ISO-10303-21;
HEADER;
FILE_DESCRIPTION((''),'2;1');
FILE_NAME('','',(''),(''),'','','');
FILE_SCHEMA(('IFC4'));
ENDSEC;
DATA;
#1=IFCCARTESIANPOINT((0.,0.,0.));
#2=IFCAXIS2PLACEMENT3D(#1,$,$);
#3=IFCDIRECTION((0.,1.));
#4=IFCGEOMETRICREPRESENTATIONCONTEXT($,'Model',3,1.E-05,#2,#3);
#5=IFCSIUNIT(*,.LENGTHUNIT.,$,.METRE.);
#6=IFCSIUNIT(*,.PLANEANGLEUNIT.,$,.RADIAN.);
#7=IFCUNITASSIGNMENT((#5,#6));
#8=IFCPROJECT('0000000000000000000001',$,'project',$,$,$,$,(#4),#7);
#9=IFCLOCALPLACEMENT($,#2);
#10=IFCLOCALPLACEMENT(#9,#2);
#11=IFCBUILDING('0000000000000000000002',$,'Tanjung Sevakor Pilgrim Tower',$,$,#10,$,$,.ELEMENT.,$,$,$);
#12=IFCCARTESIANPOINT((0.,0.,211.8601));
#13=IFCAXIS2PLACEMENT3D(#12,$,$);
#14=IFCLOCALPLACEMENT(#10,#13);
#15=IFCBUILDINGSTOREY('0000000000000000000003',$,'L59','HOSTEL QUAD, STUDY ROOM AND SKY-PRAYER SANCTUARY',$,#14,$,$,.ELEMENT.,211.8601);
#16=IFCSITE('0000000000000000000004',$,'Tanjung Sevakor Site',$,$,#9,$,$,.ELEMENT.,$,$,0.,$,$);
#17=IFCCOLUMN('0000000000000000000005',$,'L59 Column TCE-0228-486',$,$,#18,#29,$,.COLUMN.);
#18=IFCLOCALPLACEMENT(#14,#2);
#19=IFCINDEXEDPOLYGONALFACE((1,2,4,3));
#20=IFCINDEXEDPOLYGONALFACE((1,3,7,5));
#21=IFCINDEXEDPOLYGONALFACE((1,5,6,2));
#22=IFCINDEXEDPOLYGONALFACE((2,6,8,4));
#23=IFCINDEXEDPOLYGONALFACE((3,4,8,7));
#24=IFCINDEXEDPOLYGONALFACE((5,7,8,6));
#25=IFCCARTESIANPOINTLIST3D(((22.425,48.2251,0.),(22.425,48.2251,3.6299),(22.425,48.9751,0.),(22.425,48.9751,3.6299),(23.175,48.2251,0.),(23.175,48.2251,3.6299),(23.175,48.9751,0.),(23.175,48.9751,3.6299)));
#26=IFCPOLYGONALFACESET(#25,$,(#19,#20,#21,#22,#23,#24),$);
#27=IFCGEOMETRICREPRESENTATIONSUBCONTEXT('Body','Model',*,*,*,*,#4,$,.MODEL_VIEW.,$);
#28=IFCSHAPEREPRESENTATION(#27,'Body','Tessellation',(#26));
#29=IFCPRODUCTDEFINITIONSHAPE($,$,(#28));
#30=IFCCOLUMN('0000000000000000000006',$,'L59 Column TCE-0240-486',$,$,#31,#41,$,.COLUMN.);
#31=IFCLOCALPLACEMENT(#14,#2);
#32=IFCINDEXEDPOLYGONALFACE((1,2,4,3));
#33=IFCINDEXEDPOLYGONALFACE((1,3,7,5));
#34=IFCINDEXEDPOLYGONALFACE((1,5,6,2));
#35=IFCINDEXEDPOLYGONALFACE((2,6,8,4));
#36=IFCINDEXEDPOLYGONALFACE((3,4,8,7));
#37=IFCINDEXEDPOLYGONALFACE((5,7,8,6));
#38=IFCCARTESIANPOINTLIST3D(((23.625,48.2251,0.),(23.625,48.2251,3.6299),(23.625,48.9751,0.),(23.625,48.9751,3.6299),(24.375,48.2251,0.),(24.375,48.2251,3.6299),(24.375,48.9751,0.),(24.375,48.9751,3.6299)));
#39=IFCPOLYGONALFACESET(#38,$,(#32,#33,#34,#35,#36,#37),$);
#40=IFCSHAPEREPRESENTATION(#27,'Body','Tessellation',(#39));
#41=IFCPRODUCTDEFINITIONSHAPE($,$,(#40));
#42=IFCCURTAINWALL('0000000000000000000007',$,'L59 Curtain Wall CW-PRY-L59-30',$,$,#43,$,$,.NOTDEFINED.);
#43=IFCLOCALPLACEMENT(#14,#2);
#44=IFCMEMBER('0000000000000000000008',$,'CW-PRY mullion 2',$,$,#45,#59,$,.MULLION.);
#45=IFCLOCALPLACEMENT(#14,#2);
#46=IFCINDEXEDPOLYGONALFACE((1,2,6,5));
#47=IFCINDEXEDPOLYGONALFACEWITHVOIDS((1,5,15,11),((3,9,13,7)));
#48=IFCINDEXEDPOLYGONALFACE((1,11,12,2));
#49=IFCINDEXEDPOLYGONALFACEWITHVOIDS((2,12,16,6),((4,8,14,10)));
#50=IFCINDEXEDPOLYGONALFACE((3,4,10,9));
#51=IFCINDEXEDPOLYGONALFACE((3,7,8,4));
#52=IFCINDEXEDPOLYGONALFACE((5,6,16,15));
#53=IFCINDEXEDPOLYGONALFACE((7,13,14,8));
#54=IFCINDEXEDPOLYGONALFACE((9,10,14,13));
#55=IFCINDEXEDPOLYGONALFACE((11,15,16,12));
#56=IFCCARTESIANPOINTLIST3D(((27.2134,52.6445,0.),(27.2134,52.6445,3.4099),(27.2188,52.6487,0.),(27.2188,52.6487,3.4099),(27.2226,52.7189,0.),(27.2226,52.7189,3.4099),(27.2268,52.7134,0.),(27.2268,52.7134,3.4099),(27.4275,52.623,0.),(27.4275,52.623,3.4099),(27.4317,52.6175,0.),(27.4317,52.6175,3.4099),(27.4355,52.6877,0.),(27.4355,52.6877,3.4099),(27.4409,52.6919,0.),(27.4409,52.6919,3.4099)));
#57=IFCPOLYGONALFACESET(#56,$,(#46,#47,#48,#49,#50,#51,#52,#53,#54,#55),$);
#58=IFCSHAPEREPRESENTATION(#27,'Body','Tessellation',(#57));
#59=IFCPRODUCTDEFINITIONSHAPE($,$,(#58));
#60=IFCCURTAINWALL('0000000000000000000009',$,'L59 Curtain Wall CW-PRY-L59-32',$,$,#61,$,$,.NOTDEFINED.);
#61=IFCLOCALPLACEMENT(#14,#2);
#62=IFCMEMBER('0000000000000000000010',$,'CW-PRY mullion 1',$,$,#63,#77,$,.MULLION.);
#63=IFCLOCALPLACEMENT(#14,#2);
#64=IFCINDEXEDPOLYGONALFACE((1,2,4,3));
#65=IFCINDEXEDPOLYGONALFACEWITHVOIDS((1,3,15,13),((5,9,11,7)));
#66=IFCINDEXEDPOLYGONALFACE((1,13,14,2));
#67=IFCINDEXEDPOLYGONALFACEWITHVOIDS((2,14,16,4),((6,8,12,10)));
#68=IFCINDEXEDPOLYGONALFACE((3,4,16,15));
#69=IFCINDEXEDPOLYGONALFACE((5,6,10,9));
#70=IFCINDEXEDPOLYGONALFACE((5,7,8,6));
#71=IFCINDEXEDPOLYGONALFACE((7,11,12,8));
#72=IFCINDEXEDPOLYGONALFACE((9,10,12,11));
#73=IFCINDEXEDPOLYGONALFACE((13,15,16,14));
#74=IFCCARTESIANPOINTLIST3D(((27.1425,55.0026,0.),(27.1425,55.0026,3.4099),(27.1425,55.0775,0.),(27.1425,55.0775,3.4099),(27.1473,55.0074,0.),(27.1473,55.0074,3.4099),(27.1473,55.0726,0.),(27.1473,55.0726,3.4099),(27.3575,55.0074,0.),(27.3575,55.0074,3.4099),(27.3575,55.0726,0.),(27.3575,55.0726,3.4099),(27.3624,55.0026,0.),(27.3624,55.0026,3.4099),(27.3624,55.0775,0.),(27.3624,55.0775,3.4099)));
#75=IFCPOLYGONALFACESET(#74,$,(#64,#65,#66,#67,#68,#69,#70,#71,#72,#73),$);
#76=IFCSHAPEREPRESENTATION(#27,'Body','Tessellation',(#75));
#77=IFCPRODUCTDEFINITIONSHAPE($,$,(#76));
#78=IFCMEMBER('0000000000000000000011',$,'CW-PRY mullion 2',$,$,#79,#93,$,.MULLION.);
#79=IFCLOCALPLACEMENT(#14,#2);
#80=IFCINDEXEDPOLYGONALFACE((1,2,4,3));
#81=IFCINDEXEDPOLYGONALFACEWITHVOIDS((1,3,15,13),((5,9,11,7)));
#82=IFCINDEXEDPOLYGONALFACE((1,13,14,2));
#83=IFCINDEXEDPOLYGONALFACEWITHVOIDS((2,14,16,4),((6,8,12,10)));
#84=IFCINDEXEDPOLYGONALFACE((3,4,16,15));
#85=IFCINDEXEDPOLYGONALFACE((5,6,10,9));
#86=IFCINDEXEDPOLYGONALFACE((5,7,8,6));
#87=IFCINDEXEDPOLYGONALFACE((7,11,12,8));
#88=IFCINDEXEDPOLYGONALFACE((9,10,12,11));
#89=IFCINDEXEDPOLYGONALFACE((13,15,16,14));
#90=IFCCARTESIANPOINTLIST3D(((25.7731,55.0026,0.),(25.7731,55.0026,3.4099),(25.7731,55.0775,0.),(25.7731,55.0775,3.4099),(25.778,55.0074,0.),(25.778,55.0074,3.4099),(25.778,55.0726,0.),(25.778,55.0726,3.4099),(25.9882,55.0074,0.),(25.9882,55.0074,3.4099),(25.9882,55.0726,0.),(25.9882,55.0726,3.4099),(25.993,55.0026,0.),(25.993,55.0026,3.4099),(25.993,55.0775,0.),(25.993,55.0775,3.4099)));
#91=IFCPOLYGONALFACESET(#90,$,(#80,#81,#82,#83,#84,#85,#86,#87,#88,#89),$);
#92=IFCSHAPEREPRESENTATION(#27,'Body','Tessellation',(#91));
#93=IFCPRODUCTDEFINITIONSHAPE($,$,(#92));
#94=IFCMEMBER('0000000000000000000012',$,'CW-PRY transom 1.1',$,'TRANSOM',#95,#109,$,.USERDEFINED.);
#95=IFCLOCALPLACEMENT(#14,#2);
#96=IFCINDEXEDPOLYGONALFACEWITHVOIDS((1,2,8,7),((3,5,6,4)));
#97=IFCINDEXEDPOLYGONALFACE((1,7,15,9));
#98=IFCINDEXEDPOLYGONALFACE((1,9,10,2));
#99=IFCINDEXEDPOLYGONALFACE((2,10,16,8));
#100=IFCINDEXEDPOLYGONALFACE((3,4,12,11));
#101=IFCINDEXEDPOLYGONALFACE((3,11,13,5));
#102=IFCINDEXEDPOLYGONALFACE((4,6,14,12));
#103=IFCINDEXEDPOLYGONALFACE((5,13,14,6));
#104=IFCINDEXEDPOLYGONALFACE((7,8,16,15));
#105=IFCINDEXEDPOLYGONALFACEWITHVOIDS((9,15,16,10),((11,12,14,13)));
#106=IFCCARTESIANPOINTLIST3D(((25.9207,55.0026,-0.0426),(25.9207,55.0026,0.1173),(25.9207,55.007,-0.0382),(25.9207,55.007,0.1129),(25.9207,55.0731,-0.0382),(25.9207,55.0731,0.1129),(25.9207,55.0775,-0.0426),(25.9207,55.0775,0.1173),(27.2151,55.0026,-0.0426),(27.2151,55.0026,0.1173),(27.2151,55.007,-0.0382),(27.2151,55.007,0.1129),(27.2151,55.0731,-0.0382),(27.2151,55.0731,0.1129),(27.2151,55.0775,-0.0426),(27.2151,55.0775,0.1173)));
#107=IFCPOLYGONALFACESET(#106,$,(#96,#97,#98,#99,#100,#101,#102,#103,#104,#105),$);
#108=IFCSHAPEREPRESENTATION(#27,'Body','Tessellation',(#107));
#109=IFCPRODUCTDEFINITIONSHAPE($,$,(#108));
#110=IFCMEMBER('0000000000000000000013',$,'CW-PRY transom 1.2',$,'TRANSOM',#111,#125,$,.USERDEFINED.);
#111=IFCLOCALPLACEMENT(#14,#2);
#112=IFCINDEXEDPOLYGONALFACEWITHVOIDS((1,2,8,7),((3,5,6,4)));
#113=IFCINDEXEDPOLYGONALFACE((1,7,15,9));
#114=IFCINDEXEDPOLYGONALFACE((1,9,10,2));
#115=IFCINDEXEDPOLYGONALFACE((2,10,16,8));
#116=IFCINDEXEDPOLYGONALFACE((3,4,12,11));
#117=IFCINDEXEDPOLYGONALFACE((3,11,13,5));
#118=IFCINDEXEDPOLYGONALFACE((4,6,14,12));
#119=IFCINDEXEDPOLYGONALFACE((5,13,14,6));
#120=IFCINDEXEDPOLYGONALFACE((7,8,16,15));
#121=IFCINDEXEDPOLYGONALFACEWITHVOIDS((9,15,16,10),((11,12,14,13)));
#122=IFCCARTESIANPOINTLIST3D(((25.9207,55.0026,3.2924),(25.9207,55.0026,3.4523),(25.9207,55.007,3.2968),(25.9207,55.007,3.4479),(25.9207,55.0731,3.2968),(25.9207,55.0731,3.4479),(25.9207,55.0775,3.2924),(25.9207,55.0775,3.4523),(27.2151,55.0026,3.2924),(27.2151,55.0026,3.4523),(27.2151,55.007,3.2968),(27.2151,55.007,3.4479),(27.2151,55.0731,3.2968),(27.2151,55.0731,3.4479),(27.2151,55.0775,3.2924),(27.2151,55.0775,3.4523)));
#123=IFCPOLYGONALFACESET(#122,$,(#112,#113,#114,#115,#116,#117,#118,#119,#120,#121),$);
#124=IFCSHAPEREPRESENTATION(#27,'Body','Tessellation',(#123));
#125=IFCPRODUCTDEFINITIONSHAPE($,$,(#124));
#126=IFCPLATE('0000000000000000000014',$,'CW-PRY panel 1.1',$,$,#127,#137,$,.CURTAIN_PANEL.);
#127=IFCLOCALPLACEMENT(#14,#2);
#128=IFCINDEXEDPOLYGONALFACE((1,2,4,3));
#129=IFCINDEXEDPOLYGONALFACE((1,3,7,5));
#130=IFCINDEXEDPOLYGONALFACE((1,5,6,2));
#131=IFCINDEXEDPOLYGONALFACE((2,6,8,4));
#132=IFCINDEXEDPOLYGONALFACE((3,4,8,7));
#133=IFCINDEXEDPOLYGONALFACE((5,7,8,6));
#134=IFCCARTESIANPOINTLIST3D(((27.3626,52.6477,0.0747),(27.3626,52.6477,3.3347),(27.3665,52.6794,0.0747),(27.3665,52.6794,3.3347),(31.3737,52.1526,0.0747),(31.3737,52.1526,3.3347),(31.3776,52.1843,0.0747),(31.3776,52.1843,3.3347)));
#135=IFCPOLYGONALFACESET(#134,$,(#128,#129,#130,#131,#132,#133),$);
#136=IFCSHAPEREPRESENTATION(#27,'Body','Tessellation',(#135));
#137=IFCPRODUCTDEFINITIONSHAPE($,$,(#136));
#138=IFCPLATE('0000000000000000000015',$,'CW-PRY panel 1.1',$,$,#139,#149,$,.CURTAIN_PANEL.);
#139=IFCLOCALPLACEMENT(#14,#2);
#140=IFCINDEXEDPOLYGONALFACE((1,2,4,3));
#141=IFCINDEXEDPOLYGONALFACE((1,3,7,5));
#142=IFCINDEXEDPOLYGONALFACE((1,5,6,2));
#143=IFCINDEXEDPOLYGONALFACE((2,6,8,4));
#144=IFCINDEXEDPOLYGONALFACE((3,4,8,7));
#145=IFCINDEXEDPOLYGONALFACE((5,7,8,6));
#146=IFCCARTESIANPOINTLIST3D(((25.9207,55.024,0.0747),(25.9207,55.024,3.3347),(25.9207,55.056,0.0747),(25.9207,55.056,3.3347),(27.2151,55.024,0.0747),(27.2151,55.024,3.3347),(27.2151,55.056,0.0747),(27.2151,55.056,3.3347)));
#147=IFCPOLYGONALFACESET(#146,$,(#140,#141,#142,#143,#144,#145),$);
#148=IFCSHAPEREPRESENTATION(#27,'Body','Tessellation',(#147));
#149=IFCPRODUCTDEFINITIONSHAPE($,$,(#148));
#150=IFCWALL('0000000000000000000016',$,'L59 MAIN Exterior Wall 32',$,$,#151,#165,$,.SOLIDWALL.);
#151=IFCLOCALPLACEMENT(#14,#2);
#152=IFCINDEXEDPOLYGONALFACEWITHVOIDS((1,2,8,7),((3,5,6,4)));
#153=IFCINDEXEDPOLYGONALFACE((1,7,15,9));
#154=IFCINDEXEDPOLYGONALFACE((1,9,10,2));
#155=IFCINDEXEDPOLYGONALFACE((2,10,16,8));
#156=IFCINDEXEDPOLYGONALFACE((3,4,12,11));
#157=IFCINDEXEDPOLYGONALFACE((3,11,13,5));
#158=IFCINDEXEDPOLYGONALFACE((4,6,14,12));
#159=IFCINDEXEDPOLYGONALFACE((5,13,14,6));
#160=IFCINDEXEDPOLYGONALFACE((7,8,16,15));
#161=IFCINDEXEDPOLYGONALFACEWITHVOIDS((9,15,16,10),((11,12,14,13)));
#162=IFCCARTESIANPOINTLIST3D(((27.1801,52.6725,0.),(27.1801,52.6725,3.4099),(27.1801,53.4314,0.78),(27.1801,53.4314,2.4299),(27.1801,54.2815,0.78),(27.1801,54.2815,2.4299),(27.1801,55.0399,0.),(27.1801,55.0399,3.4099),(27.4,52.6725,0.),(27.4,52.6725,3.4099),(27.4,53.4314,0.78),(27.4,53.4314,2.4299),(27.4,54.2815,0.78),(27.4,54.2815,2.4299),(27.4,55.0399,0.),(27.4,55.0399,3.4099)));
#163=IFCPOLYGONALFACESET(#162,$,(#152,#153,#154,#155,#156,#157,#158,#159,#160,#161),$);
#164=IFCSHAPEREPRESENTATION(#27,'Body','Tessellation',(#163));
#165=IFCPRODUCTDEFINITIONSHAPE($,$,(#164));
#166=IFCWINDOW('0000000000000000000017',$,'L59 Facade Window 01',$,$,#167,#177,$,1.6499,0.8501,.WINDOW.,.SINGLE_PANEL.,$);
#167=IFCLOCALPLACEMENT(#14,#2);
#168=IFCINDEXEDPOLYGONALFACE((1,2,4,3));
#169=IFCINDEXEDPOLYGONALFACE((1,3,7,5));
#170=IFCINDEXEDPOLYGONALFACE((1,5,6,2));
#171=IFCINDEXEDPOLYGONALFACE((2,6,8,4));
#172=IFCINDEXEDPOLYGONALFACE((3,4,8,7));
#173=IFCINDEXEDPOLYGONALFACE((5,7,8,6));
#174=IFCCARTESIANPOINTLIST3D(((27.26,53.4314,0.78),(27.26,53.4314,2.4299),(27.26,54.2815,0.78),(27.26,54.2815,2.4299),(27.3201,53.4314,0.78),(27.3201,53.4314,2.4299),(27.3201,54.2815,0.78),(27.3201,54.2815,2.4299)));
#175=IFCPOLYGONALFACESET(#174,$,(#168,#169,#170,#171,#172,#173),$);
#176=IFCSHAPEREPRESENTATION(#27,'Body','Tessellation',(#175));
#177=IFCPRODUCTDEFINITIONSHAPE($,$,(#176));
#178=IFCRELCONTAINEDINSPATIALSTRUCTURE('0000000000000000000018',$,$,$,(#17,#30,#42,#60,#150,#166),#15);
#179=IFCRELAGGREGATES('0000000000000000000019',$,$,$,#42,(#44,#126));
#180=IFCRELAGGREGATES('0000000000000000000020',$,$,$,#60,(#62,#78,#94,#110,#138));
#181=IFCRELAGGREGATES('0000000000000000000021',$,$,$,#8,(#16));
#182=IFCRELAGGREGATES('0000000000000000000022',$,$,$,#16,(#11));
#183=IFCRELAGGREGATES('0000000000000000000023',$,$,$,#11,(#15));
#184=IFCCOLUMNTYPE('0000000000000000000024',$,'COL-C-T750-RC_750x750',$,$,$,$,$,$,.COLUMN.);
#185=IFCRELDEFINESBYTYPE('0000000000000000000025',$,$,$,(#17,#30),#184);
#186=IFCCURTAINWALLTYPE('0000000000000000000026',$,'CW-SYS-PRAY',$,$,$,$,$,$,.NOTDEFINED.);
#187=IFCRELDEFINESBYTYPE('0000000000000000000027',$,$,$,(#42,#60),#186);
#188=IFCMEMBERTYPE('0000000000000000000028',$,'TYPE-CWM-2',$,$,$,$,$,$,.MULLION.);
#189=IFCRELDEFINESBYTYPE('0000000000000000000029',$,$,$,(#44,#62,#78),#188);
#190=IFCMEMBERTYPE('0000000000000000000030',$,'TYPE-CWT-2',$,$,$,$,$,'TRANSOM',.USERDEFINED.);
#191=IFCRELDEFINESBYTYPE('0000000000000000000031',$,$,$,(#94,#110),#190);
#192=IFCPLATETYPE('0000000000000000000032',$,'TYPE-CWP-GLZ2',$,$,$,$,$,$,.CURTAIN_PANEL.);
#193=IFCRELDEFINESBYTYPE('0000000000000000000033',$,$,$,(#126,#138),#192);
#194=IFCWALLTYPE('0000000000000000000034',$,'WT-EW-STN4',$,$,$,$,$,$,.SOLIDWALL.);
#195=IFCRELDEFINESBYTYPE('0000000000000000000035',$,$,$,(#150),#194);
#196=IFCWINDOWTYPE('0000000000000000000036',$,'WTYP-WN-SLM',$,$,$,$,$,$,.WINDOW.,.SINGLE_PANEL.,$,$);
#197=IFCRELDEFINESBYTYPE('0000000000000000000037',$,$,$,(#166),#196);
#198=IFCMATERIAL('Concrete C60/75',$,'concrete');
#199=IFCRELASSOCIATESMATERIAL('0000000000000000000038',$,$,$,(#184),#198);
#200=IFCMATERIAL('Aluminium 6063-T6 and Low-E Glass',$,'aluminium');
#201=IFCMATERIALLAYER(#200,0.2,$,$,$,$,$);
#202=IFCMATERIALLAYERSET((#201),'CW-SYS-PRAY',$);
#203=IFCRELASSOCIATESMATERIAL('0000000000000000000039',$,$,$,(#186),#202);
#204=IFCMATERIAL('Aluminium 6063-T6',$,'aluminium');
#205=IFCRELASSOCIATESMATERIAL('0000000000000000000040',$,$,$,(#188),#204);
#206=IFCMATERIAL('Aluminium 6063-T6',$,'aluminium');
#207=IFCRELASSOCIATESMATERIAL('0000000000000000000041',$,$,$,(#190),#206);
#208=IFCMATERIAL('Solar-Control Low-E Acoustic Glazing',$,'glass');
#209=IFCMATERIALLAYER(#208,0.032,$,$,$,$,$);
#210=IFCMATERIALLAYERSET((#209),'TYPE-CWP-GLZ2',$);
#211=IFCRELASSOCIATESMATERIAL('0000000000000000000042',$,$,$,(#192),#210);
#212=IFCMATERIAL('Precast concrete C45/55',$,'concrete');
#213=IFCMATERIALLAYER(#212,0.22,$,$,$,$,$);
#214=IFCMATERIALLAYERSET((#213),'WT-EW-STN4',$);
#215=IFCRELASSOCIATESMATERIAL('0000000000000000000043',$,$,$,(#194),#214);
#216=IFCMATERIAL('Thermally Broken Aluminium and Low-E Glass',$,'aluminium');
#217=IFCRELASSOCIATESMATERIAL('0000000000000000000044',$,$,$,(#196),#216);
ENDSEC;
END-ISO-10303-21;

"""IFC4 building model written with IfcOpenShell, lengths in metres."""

from ifc_helpers import new_model, si_unit, direction, frame, frame_2d, origin, origin_2d, place, context, subcontext, project, spatial, rectangle, hollow_rectangle, extrude, material, layer, layer_set, material_profile, profile_set, type_object, element, fill, aggregate, save


model = new_model("IFC4")

# Units and contexts
model_context = context("Model", 3, precision=1e-05, world=origin(), true_north=direction((0.0, 1.0)))
body_context = subcontext(model_context, "Body", "Model", "MODEL_VIEW")
ifc_project = project(units=[si_unit("LENGTHUNIT", "METRE"), si_unit("PLANEANGLEUNIT", "RADIAN")], contexts=[model_context])

# Site, building, storey
site_placement = place(None, origin())
site = spatial("IfcSite", under=ifc_project, at=site_placement, Name="Tanjung Sevakor Site", CompositionType="ELEMENT", RefElevation=0.0)
building_placement = place(site_placement, origin())
building = spatial("IfcBuilding", under=site, at=building_placement, Name="Tanjung Sevakor Pilgrim Tower", CompositionType="ELEMENT")
storey_placement = place(building_placement, frame((0.0, 0.0, 211.8601)))
storey = spatial("IfcBuildingStorey", under=building, at=storey_placement, Name="L59", Description="HOSTEL QUAD, STUDY ROOM AND SKY-PRAYER SANCTUARY", CompositionType="ELEMENT", Elevation=211.8601)

# Columns
ifc_material_1 = material(Name="Concrete C60/75", Category="concrete")
ifc_material_profile_1 = material_profile(ifc_material_1, rectangle(XDim=0.75, YDim=0.75, at=origin_2d()))
ifc_profile_set_1 = profile_set([ifc_material_profile_1], Name="Concrete C60/75")
column_type = type_object("IfcColumnType", Name="COL-C-T750-RC_750x750", PredefinedType="COLUMN", material=ifc_profile_set_1)
for number, where, z_axis, x_axis, name in (
    (1, (22.8, 48.6001, 0.0), (0.0, 0.0, 1.0), (1.0, 0.0, 0.0), "L59 Column TCE-0228-486"),
    (2, (24.0, 48.6001, 0.0), (0.0, 0.0, 1.0), (1.0, 0.0, 0.0), "L59 Column TCE-0240-486"),
):
    element("IfcColumn", number, at=place(storey_placement, frame(where, z_axis=z_axis, x_axis=x_axis)), inside=storey, type_object=column_type, Name=name, PredefinedType="COLUMN", context=body_context, shape_type="SweptSolid", body=[
        extrude(rectangle(XDim=0.75, YDim=0.75, at=origin_2d()), origin(), (0.0, 0.0, 1.0), 3.6299),
    ])

# Curtain wall, member
ifc_material_2 = material(Name="Aluminium 6063-T6 and Low-E Glass", Category="aluminium")
ifc_layer_1 = layer(ifc_material_2, 0.2)
ifc_layer_set_1 = layer_set([ifc_layer_1], Name="CW-SYS-PRAY")
curtain_wall_type = type_object("IfcCurtainWallType", Name="CW-SYS-PRAY", PredefinedType="NOTDEFINED", material=ifc_layer_set_1)
curtain_wall_1_placement = place(storey_placement, origin())
curtain_wall_1 = element("IfcCurtainWall", 3, at=curtain_wall_1_placement, inside=storey, type_object=curtain_wall_type, Name="L59 Curtain Wall CW-PRY-L59-30", PredefinedType="NOTDEFINED")
ifc_material_3 = material(Name="Aluminium 6063-T6", Category="aluminium")
ifc_material_profile_2 = material_profile(ifc_material_3, hollow_rectangle(XDim=0.075, YDim=0.22, WallThickness=0.0049, at=origin_2d()))
ifc_profile_set_2 = profile_set([ifc_material_profile_2], Name="Aluminium 6063-T6")
member_type_1 = type_object("IfcMemberType", Name="TYPE-CWM-2", PredefinedType="MULLION", material=ifc_profile_set_2)
member_1_placement = place(storey_placement, frame((27.3271, 52.6682, 0.0), z_axis=(0.0, 0.0, 1.0), x_axis=(-0.122508, -0.992468, 0.0)))
member_1 = element("IfcMember", 4, at=member_1_placement, type_object=member_type_1, Name="CW-PRY mullion 2", PredefinedType="MULLION", context=body_context, shape_type="SweptSolid", body=[
    extrude(hollow_rectangle(XDim=0.075, YDim=0.22, WallThickness=0.0049, at=origin_2d()), origin(), (0.0, 0.0, 1.0), 3.4099),
])

# Curtain wall, members
curtain_wall_2_placement = place(storey_placement, origin())
curtain_wall_2 = element("IfcCurtainWall", 5, at=curtain_wall_2_placement, inside=storey, type_object=curtain_wall_type, Name="L59 Curtain Wall CW-PRY-L59-32", PredefinedType="NOTDEFINED")
member_2_placement = place(storey_placement, frame((27.2524, 55.04, 0.0), z_axis=(0.0, 0.0, 1.0), x_axis=(0.0, -1.0, 0.0)))
member_2 = element("IfcMember", 6, at=member_2_placement, type_object=member_type_1, Name="CW-PRY mullion 1", PredefinedType="MULLION", context=body_context, shape_type="SweptSolid", body=[
    extrude(hollow_rectangle(XDim=0.075, YDim=0.22, WallThickness=0.0049, at=origin_2d()), origin(), (0.0, 0.0, 1.0), 3.4099),
])
member_3_placement = place(storey_placement, frame((25.8831, 55.04, 0.0), z_axis=(0.0, 0.0, 1.0), x_axis=(0.0, -1.0, 0.0)))
member_3 = element("IfcMember", 7, at=member_3_placement, type_object=member_type_1, Name="CW-PRY mullion 2", PredefinedType="MULLION", context=body_context, shape_type="SweptSolid", body=[
    extrude(hollow_rectangle(XDim=0.075, YDim=0.22, WallThickness=0.0049, at=origin_2d()), origin(), (0.0, 0.0, 1.0), 3.4099),
])
ifc_material_4 = material(Name="Aluminium 6063-T6", Category="aluminium")
ifc_material_profile_3 = material_profile(ifc_material_4, hollow_rectangle(XDim=0.075, YDim=0.1599, WallThickness=0.0044, at=origin_2d()))
ifc_profile_set_3 = profile_set([ifc_material_profile_3], Name="Aluminium 6063-T6")
member_type_2 = type_object("IfcMemberType", Name="TYPE-CWT-2", ElementType="TRANSOM", PredefinedType="USERDEFINED", material=ifc_profile_set_3)
member_4_placement = place(storey_placement, frame((27.2151, 55.04, 0.0374), z_axis=(-1.0, 0.0, 0.0), x_axis=(0.0, -1.0, 0.0)))
member_4 = element("IfcMember", 8, at=member_4_placement, type_object=member_type_2, Name="CW-PRY transom 1.1", ObjectType="TRANSOM", PredefinedType="USERDEFINED", context=body_context, shape_type="SweptSolid", body=[
    extrude(hollow_rectangle(XDim=0.075, YDim=0.1599, WallThickness=0.0044, at=origin_2d()), origin(), (0.0, 0.0, 1.0), 1.2944),
])
member_5_placement = place(storey_placement, frame((27.2151, 55.04, 3.3723), z_axis=(-1.0, 0.0, 0.0), x_axis=(0.0, -1.0, 0.0)))
member_5 = element("IfcMember", 9, at=member_5_placement, type_object=member_type_2, Name="CW-PRY transom 1.2", ObjectType="TRANSOM", PredefinedType="USERDEFINED", context=body_context, shape_type="SweptSolid", body=[
    extrude(hollow_rectangle(XDim=0.075, YDim=0.1599, WallThickness=0.0044, at=origin_2d()), origin(), (0.0, 0.0, 1.0), 1.2944),
])

# Plates
ifc_material_5 = material(Name="Solar-Control Low-E Acoustic Glazing", Category="glass")
ifc_layer_2 = layer(ifc_material_5, 0.032)
ifc_layer_set_2 = layer_set([ifc_layer_2], Name="TYPE-CWP-GLZ2")
plate_type = type_object("IfcPlateType", Name="TYPE-CWP-GLZ2", PredefinedType="CURTAIN_PANEL", material=ifc_layer_set_2)
plate_1_placement = place(storey_placement, frame((29.3701, 52.416, 0.0747), z_axis=(0.0, 0.0, 1.0), x_axis=(-0.992468, 0.122508, 0.0)))
plate_1 = element("IfcPlate", 10, at=plate_1_placement, type_object=plate_type, Name="CW-PRY panel 1.1", PredefinedType="CURTAIN_PANEL", context=body_context, shape_type="SweptSolid", body=[
    extrude(rectangle(XDim=4.0415, YDim=0.032, at=origin_2d()), origin(), (0.0, 0.0, 1.0), 3.26),
])
aggregate(curtain_wall_1, [member_1, plate_1])
plate_2_placement = place(storey_placement, frame((26.5679, 55.04, 0.0747), z_axis=(0.0, 0.0, 1.0), x_axis=(-1.0, 0.0, 0.0)))
plate_2 = element("IfcPlate", 11, at=plate_2_placement, type_object=plate_type, Name="CW-PRY panel 1.1", PredefinedType="CURTAIN_PANEL", context=body_context, shape_type="SweptSolid", body=[
    extrude(rectangle(XDim=1.2944, YDim=0.032, at=origin_2d()), origin(), (0.0, 0.0, 1.0), 3.26),
])
aggregate(curtain_wall_2, [member_2, member_3, member_4, member_5, plate_2])

# Wall, opening, window
ifc_material_6 = material(Name="Precast concrete C45/55", Category="concrete")
ifc_layer_3 = layer(ifc_material_6, 0.22)
ifc_layer_set_3 = layer_set([ifc_layer_3], Name="WT-EW-STN4")
wall_type = type_object("IfcWallType", Name="WT-EW-STN4", PredefinedType="SOLIDWALL", material=ifc_layer_set_3)
wall_1_placement = place(storey_placement, frame((27.29, 52.6726, 0.0), z_axis=(0.0, 0.0, 1.0), x_axis=(0.0, 1.0, 0.0)))
wall_1 = element("IfcWall", 12, at=wall_1_placement, inside=storey, type_object=wall_type, Name="L59 MAIN Exterior Wall 32", PredefinedType="SOLIDWALL", context=body_context, shape_type="SweptSolid", body=[
    extrude(rectangle(XDim=2.3674, YDim=0.22, at=frame_2d((1.1836, 0.0))), origin(), (0.0, 0.0, 1.0), 3.4099),
])
opening_1_placement = place(wall_1_placement, frame((0.7588, 0.0, 0.78)))
opening_1 = element("IfcOpeningElement", 13, at=opening_1_placement, cuts=wall_1, PredefinedType="OPENING", context=body_context, shape_type="SweptSolid", body=[
    extrude(rectangle(XDim=0.8501, YDim=1.6499, at=frame_2d((0.425, 0.825))), frame((0.0, 0.1199, 0.0), z_axis=(0.0, -1.0, 0.0), x_axis=(1.0, 0.0, 0.0)), (0.0, 0.0, 1.0), 0.24),
])
ifc_material_7 = material(Name="Thermally Broken Aluminium and Low-E Glass", Category="aluminium")
window_type_1 = type_object("IfcWindowType", Name="WTYP-WN-SLM", PartitioningType="SINGLE_PANEL", PredefinedType="WINDOW", material=ifc_material_7)
window_1_placement = place(opening_1_placement, origin())
window_1 = element("IfcWindow", 14, at=window_1_placement, inside=storey, type_object=window_type_1, Name="L59 Facade Window 01", OverallHeight=1.6499, OverallWidth=0.8501, PartitioningType="SINGLE_PANEL", PredefinedType="WINDOW", context=body_context, shape_type="SweptSolid", body=[
    extrude(rectangle(XDim=0.8501, YDim=1.6499, at=frame_2d((0.425, 0.825))), frame((0.0, 0.03, 0.0), z_axis=(0.0, -1.0, 0.0), x_axis=(1.0, 0.0, 0.0)), (0.0, 0.0, 1.0), 0.0601),
])
fill(opening_1, window_1)

save(model, "model.ifc")
